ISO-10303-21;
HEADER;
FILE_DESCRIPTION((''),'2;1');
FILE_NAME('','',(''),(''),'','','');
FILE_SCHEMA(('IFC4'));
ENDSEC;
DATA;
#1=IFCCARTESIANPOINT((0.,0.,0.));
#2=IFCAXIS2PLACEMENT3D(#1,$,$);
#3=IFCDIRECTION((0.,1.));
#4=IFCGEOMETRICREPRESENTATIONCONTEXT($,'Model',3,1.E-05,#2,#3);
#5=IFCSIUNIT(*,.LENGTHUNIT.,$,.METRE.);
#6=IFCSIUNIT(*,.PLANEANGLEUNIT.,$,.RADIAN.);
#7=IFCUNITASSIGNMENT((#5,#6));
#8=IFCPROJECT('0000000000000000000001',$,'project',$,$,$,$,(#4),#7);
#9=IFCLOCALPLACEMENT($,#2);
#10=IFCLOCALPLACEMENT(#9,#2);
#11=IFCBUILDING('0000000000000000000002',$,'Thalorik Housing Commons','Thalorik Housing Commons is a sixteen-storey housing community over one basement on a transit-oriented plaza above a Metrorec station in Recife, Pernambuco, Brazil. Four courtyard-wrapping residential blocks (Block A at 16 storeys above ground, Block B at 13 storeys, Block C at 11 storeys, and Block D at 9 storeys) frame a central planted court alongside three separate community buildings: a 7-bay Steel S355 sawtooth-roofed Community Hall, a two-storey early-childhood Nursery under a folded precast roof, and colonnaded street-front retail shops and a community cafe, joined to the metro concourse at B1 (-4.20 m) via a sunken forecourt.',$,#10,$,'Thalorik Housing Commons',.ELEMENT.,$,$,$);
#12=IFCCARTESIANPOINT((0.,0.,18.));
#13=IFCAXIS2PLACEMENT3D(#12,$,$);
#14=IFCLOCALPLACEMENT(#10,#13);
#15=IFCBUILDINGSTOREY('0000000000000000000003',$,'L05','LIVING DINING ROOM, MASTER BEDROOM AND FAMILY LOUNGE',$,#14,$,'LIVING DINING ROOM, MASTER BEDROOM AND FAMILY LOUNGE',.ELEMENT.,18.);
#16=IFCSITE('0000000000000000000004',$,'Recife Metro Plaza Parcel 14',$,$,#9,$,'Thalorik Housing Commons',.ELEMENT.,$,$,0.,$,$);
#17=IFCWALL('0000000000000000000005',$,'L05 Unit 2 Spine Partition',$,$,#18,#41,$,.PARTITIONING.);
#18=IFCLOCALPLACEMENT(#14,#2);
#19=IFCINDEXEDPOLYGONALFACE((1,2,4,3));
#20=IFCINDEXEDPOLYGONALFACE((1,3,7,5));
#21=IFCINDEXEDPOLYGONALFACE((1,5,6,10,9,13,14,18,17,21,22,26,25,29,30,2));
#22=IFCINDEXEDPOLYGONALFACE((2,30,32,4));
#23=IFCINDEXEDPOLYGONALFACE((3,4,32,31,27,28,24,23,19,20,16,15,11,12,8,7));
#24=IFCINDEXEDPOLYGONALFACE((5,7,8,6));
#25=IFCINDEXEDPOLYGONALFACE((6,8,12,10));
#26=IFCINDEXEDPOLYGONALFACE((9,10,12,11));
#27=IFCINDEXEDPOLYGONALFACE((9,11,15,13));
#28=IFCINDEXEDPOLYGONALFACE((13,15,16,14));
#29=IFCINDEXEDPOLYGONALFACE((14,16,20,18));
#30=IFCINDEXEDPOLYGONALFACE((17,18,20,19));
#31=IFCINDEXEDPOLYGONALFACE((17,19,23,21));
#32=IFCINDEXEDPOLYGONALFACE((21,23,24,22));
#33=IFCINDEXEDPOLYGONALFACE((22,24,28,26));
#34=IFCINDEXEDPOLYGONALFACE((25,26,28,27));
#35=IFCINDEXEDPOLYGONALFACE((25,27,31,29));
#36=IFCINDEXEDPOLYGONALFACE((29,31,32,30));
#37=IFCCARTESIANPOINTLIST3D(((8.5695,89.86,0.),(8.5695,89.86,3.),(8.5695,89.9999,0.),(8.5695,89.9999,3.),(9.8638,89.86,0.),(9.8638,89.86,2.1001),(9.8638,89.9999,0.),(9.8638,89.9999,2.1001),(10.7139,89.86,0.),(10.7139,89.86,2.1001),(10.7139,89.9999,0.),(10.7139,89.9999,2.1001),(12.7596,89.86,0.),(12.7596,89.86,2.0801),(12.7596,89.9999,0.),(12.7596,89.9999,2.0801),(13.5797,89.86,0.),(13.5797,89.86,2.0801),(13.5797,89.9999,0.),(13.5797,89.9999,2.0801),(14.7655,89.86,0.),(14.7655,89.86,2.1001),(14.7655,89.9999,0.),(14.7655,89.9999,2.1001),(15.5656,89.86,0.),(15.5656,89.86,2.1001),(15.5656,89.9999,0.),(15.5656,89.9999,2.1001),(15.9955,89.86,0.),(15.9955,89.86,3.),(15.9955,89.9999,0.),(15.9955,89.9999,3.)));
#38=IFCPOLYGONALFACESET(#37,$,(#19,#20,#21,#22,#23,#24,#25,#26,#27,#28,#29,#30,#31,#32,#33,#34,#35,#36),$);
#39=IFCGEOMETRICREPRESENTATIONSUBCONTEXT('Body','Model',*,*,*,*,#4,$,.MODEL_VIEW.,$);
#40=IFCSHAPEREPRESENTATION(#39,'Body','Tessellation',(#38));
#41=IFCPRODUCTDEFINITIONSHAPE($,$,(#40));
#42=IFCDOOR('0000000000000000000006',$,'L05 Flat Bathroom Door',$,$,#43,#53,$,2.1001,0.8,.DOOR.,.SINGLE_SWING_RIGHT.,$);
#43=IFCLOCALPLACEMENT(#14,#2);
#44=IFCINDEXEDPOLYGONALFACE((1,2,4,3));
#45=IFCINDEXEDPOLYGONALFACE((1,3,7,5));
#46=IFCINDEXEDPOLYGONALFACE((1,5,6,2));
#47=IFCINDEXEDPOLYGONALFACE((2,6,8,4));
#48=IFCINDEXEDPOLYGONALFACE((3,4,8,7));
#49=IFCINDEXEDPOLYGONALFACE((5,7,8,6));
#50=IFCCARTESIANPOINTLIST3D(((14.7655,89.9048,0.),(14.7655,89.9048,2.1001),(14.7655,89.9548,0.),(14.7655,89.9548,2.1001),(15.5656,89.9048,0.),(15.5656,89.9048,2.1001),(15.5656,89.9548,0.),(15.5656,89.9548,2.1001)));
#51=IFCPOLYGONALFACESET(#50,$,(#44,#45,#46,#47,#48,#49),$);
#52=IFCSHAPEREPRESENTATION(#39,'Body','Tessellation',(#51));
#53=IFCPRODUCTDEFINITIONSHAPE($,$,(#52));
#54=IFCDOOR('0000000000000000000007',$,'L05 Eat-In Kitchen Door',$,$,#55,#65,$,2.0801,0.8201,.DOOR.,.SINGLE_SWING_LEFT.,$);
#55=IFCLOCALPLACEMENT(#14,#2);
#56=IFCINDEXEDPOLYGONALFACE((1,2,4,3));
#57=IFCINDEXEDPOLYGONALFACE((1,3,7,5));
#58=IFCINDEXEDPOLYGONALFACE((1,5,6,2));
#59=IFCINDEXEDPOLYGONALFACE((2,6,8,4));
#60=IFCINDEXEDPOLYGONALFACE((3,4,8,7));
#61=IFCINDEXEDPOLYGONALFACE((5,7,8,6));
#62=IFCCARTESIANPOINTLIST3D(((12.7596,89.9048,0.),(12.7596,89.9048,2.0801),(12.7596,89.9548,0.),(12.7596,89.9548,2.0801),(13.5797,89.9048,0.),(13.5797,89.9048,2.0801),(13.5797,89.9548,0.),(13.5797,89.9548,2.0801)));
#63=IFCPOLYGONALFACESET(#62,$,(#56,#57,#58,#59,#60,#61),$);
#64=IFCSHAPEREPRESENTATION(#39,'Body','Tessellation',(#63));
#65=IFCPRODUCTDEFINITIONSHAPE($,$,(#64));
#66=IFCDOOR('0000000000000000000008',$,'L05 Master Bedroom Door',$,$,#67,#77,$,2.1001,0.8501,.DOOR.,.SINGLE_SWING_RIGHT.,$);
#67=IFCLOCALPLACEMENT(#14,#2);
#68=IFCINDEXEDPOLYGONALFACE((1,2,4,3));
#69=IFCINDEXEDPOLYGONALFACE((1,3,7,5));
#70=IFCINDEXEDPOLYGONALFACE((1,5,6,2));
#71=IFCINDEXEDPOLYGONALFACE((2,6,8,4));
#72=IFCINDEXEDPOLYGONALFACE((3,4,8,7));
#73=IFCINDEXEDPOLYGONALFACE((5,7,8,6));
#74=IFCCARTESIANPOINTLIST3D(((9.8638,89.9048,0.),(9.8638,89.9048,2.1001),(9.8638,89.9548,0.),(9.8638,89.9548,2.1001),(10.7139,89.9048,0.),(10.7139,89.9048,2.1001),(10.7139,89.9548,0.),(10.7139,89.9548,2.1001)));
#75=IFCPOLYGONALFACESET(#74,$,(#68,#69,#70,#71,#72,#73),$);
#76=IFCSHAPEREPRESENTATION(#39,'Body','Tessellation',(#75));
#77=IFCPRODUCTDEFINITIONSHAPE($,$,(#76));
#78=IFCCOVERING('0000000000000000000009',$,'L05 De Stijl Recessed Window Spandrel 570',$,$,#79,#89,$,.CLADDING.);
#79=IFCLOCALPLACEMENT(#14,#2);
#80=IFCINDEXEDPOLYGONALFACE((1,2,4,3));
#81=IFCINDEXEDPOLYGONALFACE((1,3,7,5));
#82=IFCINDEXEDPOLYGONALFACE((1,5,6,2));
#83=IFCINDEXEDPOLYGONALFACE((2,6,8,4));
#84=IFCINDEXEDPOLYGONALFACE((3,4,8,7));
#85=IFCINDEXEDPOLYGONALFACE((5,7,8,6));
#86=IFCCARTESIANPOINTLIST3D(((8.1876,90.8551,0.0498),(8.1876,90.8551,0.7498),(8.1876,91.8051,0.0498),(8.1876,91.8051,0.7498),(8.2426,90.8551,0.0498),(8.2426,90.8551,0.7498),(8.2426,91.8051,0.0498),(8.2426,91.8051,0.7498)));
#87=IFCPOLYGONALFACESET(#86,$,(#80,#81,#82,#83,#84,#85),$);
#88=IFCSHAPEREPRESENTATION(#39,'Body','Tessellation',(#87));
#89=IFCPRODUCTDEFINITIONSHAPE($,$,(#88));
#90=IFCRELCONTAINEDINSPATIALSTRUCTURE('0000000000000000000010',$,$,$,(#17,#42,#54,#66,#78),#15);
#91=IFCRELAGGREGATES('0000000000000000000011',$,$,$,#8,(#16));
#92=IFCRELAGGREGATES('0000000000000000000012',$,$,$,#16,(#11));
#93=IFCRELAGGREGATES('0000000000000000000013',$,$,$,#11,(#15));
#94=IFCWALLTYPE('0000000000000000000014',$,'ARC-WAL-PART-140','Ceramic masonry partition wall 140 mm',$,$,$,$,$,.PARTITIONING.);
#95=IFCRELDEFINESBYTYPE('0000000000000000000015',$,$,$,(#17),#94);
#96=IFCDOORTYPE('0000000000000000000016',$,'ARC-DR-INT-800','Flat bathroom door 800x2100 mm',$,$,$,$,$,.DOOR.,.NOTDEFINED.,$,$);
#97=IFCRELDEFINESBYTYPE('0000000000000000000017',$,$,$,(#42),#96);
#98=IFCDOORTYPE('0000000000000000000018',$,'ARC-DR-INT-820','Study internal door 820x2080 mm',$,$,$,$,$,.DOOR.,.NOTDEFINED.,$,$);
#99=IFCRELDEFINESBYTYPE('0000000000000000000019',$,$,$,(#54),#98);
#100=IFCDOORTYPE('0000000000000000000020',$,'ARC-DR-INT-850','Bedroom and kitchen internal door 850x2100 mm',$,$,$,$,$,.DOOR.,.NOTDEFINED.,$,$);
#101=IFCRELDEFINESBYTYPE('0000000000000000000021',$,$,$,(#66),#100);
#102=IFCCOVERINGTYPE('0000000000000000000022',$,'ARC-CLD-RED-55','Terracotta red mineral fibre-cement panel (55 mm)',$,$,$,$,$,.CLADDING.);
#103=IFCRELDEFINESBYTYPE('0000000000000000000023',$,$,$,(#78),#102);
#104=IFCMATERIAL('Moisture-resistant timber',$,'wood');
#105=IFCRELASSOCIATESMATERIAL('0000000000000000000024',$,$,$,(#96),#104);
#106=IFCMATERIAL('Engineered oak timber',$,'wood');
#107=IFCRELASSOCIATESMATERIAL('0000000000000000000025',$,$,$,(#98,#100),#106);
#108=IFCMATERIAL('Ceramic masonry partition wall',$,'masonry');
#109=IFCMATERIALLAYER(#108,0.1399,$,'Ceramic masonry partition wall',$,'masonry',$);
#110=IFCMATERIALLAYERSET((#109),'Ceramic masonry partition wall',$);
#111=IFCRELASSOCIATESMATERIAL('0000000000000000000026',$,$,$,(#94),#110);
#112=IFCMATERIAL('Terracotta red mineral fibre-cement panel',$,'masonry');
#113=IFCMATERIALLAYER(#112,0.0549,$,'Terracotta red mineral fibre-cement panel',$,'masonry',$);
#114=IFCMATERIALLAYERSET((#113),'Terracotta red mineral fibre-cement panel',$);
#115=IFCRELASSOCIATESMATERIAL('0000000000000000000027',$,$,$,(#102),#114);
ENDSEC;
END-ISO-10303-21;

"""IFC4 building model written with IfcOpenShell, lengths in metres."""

from ifc_helpers import new_model, si_unit, direction, frame, frame_2d, origin, origin_2d, place, context, subcontext, project, spatial, rectangle, extrude, material, layer, layer_set, type_object, element, fill, save


model = new_model("IFC4")

# Units and contexts
model_context = context("Model", 3, precision=1e-05, world=origin(), true_north=direction((0.0, 1.0)))
body_context = subcontext(model_context, "Body", "Model", "MODEL_VIEW")
ifc_project = project(units=[si_unit("LENGTHUNIT", "METRE"), si_unit("PLANEANGLEUNIT", "RADIAN")], contexts=[model_context])

# Site, building, storey
site_placement = place(None, origin())
site = spatial("IfcSite", under=ifc_project, at=site_placement, Name="Recife Metro Plaza Parcel 14", LongName="Thalorik Housing Commons", CompositionType="ELEMENT", RefElevation=0.0)
building_placement = place(site_placement, origin())
building = spatial("IfcBuilding", under=site, at=building_placement, Name="Thalorik Housing Commons", Description="Thalorik Housing Commons is a sixteen-storey housing community over one basement on a transit-oriented plaza above a Metrorec station in Recife, Pernambuco, Brazil. Four courtyard-wrapping residential blocks (Block A at 16 storeys above ground, Block B at 13 storeys, Block C at 11 storeys, and Block D at 9 storeys) frame a central planted court alongside three separate community buildings: a 7-bay Steel S355 sawtooth-roofed Community Hall, a two-storey early-childhood Nursery under a folded precast roof, and colonnaded street-front retail shops and a community cafe, joined to the metro concourse at B1 (-4.20 m) via a sunken forecourt.", LongName="Thalorik Housing Commons", CompositionType="ELEMENT")
storey_placement = place(building_placement, frame((0.0, 0.0, 18.0)))
storey = spatial("IfcBuildingStorey", under=building, at=storey_placement, Name="L05", Description="LIVING DINING ROOM, MASTER BEDROOM AND FAMILY LOUNGE", LongName="LIVING DINING ROOM, MASTER BEDROOM AND FAMILY LOUNGE", CompositionType="ELEMENT", Elevation=18.0)

# Shared definitions
ifc_material_1 = material(Name="Moisture-resistant timber", Category="wood")
door_type_1 = type_object("IfcDoorType", Name="ARC-DR-INT-800", Description="Flat bathroom door 800x2100 mm", OperationType="NOTDEFINED", PredefinedType="DOOR", material=ifc_material_1)
ifc_material_2 = material(Name="Engineered oak timber", Category="wood")
door_type_2 = type_object("IfcDoorType", Name="ARC-DR-INT-820", Description="Study internal door 820x2080 mm", OperationType="NOTDEFINED", PredefinedType="DOOR", material=ifc_material_2)
door_type_3 = type_object("IfcDoorType", Name="ARC-DR-INT-850", Description="Bedroom and kitchen internal door 850x2100 mm", OperationType="NOTDEFINED", PredefinedType="DOOR", material=ifc_material_2)

# Wall, openings, doors
ifc_material_3 = material(Name="Ceramic masonry partition wall", Category="masonry")
ifc_layer_1 = layer(ifc_material_3, 0.1399, Name="Ceramic masonry partition wall", Category="masonry")
ifc_layer_set_1 = layer_set([ifc_layer_1], Name="Ceramic masonry partition wall")
wall_type_1 = type_object("IfcWallType", Name="ARC-WAL-PART-140", Description="Ceramic masonry partition wall 140 mm", PredefinedType="PARTITIONING", material=ifc_layer_set_1)
wall_1_placement = place(storey_placement, frame((8.5696, 89.9299, 0.0), z_axis=(0.0, 0.0, 1.0), x_axis=(1.0, 0.0, 0.0)))
wall_1 = element("IfcWall", 1, at=wall_1_placement, inside=storey, type_object=wall_type_1, Name="L05 Unit 2 Spine Partition", PredefinedType="PARTITIONING", context=body_context, shape_type="SweptSolid", body=[
    extrude(rectangle(XDim=7.426, YDim=0.1399, at=frame_2d((3.7129, 0.0))), origin(), (0.0, 0.0, 1.0), 3.0),
])
opening_1_placement = place(wall_1_placement, frame((1.2942, 0.0, 0.0)))
opening_1 = element("IfcOpeningElement", 2, at=opening_1_placement, cuts=wall_1, PredefinedType="OPENING", context=body_context, shape_type="SweptSolid", body=[
    extrude(rectangle(XDim=0.8501, YDim=2.1001, at=frame_2d((0.425, 1.05))), frame((0.0, 0.0801, 0.0), z_axis=(0.0, -1.0, 0.0), x_axis=(1.0, 0.0, 0.0)), (0.0, 0.0, 1.0), 0.1599),
])
opening_2_placement = place(wall_1_placement, frame((4.1899, 0.0, 0.0)))
opening_2 = element("IfcOpeningElement", 3, at=opening_2_placement, cuts=wall_1, PredefinedType="OPENING", context=body_context, shape_type="SweptSolid", body=[
    extrude(rectangle(XDim=0.8201, YDim=2.0801, at=frame_2d((0.4102, 1.04))), frame((0.0, 0.0801, 0.0), z_axis=(0.0, -1.0, 0.0), x_axis=(1.0, 0.0, 0.0)), (0.0, 0.0, 1.0), 0.1599),
])
opening_3_placement = place(wall_1_placement, frame((6.196, 0.0, 0.0)))
opening_3 = element("IfcOpeningElement", 4, at=opening_3_placement, cuts=wall_1, PredefinedType="OPENING", context=body_context, shape_type="SweptSolid", body=[
    extrude(rectangle(XDim=0.8, YDim=2.1001, at=frame_2d((0.3999, 1.05))), frame((0.0, 0.0801, 0.0), z_axis=(0.0, -1.0, 0.0), x_axis=(1.0, 0.0, 0.0)), (0.0, 0.0, 1.0), 0.1599),
])
door_1_placement = place(opening_3_placement, origin())
door_1 = element("IfcDoor", 5, at=door_1_placement, inside=storey, type_object=door_type_1, Name="L05 Flat Bathroom Door", OperationType="SINGLE_SWING_RIGHT", OverallHeight=2.1001, OverallWidth=0.8, PredefinedType="DOOR", context=body_context, shape_type="SweptSolid", body=[
    extrude(rectangle(XDim=0.8, YDim=2.1001, at=frame_2d((0.3999, 1.05))), frame((0.0, 0.0249, 0.0), z_axis=(0.0, -1.0, 0.0), x_axis=(1.0, 0.0, 0.0)), (0.0, 0.0, 1.0), 0.05),
])
fill(opening_3, door_1)
door_2_placement = place(opening_2_placement, origin())
door_2 = element("IfcDoor", 6, at=door_2_placement, inside=storey, type_object=door_type_2, Name="L05 Eat-In Kitchen Door", OperationType="SINGLE_SWING_LEFT", OverallHeight=2.0801, OverallWidth=0.8201, PredefinedType="DOOR", context=body_context, shape_type="SweptSolid", body=[
    extrude(rectangle(XDim=0.8201, YDim=2.0801, at=frame_2d((0.4102, 1.04))), frame((0.0, 0.0249, 0.0), z_axis=(0.0, -1.0, 0.0), x_axis=(1.0, 0.0, 0.0)), (0.0, 0.0, 1.0), 0.05),
])
fill(opening_2, door_2)
door_3_placement = place(opening_1_placement, origin())
door_3 = element("IfcDoor", 7, at=door_3_placement, inside=storey, type_object=door_type_3, Name="L05 Master Bedroom Door", OperationType="SINGLE_SWING_RIGHT", OverallHeight=2.1001, OverallWidth=0.8501, PredefinedType="DOOR", context=body_context, shape_type="SweptSolid", body=[
    extrude(rectangle(XDim=0.8501, YDim=2.1001, at=frame_2d((0.425, 1.05))), frame((0.0, 0.0249, 0.0), z_axis=(0.0, -1.0, 0.0), x_axis=(1.0, 0.0, 0.0)), (0.0, 0.0, 1.0), 0.05),
])
fill(opening_1, door_3)

# Covering
ifc_material_4 = material(Name="Terracotta red mineral fibre-cement panel", Category="masonry")
ifc_layer_2 = layer(ifc_material_4, 0.0549, Name="Terracotta red mineral fibre-cement panel", Category="masonry")
ifc_layer_set_2 = layer_set([ifc_layer_2], Name="Terracotta red mineral fibre-cement panel")
covering_type_1 = type_object("IfcCoveringType", Name="ARC-CLD-RED-55", Description="Terracotta red mineral fibre-cement panel (55 mm)", PredefinedType="CLADDING", material=ifc_layer_set_2)
covering_1_placement = place(storey_placement, frame((8.2151, 91.3301, 0.0498), z_axis=(0.0, 0.0, 1.0), x_axis=(0.0, -1.0, 0.0)))
element("IfcCovering", 8, at=covering_1_placement, inside=storey, type_object=covering_type_1, Name="L05 De Stijl Recessed Window Spandrel 570", PredefinedType="CLADDING", context=body_context, shape_type="SweptSolid", body=[
    extrude(rectangle(XDim=0.95, YDim=0.0549, at=origin_2d()), origin(), (0.0, 0.0, 1.0), 0.7),
])

save(model, "model.ifc")
